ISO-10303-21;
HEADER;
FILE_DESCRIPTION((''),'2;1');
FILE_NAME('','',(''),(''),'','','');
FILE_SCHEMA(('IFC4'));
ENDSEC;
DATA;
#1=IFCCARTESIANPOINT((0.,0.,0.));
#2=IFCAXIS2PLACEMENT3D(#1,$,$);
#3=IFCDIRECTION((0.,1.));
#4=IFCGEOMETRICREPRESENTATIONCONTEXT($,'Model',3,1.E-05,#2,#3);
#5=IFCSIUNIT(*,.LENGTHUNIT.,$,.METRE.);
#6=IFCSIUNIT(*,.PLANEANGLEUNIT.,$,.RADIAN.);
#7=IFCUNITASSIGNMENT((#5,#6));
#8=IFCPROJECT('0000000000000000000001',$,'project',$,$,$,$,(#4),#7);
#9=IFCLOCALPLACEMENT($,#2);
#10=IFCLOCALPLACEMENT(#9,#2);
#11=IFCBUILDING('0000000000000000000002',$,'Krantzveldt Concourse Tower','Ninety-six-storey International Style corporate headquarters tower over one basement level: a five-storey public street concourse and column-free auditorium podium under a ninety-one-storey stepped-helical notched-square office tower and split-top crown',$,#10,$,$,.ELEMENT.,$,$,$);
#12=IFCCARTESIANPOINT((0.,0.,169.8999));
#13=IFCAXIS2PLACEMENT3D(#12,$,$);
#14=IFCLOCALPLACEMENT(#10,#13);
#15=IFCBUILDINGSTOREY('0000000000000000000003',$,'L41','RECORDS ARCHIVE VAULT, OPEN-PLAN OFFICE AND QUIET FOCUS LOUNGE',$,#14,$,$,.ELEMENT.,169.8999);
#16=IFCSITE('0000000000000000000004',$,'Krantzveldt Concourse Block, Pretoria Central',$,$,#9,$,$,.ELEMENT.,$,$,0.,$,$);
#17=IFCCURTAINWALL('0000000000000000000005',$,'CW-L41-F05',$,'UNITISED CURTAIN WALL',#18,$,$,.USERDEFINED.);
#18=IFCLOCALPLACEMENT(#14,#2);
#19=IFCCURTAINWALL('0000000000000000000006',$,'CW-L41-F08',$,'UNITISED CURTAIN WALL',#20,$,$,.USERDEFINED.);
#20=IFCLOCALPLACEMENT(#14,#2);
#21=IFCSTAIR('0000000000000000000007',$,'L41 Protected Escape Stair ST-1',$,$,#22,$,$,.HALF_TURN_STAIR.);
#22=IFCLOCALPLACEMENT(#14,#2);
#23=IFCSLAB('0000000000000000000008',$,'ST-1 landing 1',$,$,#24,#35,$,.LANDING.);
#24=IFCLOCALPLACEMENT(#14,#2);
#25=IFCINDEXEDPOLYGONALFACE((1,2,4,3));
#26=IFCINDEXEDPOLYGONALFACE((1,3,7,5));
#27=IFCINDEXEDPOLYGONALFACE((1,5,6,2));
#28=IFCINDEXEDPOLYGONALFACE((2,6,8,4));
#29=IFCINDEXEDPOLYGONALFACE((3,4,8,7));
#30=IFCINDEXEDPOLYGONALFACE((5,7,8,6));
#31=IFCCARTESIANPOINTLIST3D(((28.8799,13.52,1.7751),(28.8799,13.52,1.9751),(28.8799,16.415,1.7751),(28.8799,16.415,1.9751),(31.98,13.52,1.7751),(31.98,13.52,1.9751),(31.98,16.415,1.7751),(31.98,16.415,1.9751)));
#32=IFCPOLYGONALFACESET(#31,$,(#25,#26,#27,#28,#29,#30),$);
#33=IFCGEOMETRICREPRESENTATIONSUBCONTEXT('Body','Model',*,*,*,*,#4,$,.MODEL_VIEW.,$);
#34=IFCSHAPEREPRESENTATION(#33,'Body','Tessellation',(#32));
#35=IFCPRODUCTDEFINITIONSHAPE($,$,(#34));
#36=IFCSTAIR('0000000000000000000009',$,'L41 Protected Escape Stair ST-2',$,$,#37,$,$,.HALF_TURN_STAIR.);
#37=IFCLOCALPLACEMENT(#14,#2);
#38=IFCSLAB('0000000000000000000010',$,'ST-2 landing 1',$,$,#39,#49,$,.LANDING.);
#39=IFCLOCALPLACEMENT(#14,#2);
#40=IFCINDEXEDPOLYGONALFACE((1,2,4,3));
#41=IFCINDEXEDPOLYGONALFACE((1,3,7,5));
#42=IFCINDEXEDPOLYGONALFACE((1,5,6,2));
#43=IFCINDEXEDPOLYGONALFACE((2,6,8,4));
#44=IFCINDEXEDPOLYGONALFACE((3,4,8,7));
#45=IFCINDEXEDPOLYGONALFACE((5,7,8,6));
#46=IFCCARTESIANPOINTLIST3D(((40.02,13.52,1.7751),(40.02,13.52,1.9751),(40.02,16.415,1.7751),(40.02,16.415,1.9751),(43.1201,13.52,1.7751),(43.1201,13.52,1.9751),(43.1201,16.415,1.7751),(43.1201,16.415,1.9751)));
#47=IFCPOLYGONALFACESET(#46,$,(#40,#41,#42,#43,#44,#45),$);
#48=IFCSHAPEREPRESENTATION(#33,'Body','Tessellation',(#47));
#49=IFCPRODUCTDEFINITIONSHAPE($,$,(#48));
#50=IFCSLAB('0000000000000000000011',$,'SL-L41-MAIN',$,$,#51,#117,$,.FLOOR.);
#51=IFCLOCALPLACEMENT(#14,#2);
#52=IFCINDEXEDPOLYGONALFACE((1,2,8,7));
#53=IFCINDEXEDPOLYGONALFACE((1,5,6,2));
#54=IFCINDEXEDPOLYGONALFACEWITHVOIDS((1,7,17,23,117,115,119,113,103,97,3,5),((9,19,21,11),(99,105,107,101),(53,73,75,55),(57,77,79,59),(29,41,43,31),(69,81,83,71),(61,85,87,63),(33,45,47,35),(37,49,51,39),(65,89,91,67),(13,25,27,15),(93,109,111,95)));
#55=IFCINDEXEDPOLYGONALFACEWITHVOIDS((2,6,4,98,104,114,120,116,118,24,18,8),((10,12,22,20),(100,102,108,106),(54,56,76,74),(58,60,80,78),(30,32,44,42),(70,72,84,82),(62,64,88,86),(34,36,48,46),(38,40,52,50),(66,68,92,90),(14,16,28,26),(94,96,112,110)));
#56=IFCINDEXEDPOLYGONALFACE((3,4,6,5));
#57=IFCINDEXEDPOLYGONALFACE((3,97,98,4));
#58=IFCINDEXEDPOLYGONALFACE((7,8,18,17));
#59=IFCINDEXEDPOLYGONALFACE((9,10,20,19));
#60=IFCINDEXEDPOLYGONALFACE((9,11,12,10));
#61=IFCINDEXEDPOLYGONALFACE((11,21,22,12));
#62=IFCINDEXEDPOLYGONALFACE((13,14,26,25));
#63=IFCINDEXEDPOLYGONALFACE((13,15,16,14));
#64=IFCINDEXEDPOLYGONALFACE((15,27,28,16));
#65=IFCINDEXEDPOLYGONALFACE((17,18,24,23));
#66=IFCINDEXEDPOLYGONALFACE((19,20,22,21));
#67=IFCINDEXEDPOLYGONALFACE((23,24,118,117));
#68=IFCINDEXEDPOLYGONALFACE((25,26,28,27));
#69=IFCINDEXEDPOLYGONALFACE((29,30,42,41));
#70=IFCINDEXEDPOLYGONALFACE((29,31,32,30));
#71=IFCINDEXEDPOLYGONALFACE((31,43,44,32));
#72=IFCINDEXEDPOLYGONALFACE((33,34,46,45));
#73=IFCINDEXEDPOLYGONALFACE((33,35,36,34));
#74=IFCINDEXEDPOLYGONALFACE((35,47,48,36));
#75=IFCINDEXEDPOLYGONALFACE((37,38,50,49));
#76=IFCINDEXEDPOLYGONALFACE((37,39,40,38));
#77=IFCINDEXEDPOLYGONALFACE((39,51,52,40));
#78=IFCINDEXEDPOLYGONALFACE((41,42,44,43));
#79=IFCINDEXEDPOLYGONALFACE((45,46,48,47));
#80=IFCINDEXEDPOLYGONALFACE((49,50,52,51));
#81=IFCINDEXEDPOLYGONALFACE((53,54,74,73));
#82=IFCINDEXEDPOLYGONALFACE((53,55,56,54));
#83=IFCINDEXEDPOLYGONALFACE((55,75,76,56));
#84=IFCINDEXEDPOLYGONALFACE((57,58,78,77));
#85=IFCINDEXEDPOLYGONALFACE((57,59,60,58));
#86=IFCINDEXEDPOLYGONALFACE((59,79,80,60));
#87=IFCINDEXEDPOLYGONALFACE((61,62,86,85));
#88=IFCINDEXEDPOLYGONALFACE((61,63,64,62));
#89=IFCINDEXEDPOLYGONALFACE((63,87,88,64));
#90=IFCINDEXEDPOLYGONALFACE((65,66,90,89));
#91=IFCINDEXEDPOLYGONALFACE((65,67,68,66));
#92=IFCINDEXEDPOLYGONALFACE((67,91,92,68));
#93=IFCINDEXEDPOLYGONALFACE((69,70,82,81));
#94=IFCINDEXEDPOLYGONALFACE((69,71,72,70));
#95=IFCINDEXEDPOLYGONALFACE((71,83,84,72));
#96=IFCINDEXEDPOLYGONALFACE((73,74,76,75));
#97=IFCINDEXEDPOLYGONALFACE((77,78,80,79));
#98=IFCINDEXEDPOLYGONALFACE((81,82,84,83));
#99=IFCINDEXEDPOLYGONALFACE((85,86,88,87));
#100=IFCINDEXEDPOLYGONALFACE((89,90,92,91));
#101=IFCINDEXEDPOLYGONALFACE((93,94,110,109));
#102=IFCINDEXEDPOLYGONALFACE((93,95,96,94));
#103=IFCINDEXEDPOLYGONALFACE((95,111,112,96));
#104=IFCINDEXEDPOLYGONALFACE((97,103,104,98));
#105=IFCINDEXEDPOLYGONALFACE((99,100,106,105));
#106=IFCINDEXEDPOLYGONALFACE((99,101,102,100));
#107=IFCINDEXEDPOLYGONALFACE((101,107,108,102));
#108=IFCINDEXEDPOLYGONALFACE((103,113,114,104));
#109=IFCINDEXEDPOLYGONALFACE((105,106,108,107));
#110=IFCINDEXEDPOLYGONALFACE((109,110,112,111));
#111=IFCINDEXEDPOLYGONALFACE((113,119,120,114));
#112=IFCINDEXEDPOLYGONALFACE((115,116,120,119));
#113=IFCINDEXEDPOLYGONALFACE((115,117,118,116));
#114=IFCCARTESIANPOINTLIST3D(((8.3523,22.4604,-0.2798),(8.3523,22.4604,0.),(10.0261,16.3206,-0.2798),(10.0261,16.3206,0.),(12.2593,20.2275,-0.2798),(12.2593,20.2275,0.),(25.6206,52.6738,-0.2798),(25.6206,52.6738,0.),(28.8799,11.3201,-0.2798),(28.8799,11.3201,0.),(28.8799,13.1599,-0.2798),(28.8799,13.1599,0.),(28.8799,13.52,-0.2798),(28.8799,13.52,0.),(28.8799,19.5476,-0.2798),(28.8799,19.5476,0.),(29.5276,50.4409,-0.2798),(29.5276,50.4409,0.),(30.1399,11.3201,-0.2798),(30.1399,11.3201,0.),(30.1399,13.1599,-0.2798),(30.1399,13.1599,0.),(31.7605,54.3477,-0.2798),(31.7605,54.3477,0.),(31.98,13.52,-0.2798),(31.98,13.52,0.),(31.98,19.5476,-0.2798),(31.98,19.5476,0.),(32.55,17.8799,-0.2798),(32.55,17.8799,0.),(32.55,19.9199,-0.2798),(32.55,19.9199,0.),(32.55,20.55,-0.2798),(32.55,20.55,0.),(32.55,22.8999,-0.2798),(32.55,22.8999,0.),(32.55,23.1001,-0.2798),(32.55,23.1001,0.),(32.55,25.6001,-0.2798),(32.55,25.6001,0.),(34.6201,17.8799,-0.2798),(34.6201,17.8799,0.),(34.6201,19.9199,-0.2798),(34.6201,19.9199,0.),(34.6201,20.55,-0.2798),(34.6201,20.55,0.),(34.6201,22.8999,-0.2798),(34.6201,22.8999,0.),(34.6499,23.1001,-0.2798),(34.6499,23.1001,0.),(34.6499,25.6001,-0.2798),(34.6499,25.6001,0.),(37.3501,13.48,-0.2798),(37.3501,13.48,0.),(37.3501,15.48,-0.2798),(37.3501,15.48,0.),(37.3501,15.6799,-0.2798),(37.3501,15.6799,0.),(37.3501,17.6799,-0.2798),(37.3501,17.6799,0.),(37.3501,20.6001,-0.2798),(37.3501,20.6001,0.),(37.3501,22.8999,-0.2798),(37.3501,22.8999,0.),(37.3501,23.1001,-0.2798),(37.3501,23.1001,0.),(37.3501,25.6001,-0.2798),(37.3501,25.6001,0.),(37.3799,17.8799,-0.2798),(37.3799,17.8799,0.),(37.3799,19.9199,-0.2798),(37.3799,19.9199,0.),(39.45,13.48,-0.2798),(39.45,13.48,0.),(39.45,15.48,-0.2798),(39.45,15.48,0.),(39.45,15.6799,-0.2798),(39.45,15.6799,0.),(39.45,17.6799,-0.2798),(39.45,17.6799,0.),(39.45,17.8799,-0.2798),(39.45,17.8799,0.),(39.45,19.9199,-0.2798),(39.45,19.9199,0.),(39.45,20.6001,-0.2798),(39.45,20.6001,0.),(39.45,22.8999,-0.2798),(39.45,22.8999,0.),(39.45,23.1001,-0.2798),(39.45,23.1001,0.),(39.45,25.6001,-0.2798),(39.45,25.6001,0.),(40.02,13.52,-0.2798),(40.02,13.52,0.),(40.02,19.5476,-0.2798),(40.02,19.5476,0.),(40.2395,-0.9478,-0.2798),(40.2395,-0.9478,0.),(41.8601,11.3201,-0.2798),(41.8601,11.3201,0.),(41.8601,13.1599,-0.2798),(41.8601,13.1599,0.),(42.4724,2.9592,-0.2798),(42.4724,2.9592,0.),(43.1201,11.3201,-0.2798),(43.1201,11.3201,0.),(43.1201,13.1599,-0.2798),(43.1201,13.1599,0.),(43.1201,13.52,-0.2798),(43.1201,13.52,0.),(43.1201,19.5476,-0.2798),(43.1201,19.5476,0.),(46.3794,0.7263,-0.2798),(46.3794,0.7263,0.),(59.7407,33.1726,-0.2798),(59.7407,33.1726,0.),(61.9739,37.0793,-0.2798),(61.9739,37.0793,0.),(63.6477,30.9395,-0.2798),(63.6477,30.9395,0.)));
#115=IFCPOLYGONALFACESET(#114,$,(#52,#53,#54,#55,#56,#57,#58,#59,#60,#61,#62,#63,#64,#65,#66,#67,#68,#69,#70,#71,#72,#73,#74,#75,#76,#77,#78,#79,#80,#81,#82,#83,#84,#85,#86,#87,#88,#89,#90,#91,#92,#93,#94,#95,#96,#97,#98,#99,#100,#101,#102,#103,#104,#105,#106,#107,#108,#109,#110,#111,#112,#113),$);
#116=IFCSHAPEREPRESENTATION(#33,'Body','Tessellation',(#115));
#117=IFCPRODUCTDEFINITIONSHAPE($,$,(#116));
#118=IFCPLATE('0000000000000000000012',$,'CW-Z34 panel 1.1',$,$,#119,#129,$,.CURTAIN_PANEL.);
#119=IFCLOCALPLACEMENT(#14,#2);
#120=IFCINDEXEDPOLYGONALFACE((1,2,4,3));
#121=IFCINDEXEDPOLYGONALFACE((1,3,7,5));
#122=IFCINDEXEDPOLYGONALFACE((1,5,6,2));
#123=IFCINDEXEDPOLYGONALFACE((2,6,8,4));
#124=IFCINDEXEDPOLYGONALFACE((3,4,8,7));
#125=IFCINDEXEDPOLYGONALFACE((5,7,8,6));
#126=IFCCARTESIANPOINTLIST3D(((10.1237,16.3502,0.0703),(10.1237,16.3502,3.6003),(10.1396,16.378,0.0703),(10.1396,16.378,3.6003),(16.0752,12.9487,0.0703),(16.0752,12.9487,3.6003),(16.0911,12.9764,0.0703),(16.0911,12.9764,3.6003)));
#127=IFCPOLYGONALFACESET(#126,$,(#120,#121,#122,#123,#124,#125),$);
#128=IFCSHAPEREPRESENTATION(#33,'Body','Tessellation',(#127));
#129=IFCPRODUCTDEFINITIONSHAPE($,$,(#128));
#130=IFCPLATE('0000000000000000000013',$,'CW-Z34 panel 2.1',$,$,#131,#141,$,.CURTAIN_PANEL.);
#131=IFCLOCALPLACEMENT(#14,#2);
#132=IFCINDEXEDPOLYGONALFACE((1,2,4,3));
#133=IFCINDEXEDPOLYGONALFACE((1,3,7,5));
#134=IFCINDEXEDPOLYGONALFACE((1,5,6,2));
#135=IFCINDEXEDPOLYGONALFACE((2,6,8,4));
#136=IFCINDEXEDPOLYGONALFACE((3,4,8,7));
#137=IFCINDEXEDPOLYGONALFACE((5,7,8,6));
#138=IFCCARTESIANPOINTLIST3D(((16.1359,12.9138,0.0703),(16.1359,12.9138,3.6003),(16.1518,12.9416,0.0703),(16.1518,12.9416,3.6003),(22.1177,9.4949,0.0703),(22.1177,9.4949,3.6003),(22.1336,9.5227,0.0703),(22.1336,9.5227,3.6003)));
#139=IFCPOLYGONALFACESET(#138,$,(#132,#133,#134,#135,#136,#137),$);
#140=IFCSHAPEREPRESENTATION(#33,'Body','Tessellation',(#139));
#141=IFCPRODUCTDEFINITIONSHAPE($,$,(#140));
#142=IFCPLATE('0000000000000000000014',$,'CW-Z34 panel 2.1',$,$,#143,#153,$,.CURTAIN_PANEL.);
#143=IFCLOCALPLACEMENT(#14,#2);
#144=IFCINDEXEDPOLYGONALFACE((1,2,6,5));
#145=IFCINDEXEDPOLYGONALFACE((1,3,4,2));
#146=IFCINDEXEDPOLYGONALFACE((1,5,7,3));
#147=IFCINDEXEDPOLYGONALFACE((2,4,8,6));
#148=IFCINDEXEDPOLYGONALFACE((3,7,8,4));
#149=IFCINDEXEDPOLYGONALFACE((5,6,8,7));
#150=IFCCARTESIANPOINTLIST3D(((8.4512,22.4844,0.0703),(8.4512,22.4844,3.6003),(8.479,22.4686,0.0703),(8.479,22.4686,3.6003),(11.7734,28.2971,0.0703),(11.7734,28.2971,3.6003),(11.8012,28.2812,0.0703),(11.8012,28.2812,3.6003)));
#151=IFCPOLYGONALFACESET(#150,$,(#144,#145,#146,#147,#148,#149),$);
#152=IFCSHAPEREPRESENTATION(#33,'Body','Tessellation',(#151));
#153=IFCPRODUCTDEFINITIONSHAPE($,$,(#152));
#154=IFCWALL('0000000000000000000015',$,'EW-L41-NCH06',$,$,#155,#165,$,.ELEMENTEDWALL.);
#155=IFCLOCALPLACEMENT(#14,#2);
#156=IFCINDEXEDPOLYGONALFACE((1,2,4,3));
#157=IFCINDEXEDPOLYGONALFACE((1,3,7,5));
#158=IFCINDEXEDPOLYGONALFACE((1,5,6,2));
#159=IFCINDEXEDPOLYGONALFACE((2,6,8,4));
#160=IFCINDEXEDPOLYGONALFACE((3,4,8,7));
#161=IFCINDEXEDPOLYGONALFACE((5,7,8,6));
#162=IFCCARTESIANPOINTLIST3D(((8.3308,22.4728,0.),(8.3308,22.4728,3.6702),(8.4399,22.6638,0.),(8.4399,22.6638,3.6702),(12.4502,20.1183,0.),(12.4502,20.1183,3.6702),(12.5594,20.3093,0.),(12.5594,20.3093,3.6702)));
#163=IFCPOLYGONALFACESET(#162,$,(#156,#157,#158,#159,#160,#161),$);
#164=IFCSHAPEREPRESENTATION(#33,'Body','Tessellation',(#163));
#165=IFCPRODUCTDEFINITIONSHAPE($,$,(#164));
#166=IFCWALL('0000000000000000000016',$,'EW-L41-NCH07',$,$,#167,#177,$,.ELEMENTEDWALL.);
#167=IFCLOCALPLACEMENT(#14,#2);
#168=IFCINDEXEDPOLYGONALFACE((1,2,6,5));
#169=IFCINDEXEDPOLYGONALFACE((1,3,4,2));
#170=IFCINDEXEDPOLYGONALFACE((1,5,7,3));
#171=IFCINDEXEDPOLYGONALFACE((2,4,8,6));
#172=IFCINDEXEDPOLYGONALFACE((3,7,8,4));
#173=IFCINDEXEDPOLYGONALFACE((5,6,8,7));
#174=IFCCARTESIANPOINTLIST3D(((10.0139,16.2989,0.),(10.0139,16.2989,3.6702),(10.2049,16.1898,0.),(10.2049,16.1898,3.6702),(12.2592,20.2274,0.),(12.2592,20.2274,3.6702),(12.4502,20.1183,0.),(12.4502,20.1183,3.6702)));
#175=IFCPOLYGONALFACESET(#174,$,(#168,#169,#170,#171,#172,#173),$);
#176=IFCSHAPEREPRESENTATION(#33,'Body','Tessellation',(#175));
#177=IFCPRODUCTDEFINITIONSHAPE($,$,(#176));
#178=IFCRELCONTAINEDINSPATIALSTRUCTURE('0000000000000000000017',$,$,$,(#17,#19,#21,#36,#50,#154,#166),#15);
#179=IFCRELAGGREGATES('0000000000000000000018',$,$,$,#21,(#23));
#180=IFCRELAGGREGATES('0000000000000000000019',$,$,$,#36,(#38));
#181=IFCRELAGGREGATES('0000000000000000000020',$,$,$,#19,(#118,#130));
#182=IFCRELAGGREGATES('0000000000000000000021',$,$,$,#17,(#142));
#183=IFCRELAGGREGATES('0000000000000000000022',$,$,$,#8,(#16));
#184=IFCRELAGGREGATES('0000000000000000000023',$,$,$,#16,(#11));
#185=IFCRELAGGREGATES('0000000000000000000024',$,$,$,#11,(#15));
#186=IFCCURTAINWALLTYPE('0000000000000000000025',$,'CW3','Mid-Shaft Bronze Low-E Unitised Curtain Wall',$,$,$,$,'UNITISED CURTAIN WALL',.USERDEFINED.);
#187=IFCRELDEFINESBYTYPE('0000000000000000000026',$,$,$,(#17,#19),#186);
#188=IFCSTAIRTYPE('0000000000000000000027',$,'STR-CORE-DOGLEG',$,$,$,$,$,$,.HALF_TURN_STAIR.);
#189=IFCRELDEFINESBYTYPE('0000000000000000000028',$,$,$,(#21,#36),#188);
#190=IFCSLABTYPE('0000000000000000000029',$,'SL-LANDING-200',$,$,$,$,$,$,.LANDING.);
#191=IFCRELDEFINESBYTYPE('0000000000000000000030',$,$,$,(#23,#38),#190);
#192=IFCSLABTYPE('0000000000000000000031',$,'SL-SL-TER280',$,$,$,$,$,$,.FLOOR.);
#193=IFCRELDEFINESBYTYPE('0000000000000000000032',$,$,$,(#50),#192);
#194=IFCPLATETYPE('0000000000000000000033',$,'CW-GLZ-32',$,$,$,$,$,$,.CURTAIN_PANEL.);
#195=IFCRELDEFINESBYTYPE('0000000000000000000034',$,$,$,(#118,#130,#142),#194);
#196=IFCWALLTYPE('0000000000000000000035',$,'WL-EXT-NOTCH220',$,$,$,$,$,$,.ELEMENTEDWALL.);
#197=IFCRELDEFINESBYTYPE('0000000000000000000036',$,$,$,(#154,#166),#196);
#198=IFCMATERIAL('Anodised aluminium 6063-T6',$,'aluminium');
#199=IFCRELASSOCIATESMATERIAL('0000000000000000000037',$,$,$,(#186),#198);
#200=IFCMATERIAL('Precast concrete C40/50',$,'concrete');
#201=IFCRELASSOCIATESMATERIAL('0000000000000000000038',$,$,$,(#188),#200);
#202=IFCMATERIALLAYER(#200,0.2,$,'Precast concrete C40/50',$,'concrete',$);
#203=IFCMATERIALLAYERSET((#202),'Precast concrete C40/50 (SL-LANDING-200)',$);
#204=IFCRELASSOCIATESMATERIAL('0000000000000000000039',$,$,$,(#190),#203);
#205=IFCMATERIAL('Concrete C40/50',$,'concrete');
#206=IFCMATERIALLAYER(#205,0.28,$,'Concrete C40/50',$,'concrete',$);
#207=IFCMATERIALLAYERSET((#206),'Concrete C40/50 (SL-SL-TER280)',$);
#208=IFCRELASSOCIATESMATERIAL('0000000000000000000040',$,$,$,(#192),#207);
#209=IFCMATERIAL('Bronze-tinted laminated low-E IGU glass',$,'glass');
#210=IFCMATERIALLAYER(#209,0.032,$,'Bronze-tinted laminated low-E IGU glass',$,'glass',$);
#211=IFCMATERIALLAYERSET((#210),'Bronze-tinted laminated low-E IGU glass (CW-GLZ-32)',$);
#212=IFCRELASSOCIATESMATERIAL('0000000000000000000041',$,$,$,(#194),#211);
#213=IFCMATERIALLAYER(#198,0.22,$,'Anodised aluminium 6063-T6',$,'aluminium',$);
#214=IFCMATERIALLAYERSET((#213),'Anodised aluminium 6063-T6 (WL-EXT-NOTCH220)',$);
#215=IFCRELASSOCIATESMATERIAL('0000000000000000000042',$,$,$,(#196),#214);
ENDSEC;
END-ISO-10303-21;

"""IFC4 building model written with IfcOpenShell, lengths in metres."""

from ifc_helpers import new_model, si_unit, direction, frame, frame_2d, origin, origin_2d, place, context, subcontext, project, spatial, polyline, rectangle, outline, extrude, source, transform, mapped, material, layer, layer_set, type_object, type_shapes, element, aggregate, save


model = new_model("IFC4")

# Units and contexts
model_context = context("Model", 3, precision=1e-05, world=origin(), true_north=direction((0.0, 1.0)))
body_context = subcontext(model_context, "Body", "Model", "MODEL_VIEW")
ifc_project = project(units=[si_unit("LENGTHUNIT", "METRE"), si_unit("PLANEANGLEUNIT", "RADIAN")], contexts=[model_context])

# Site, building, storey
site_placement = place(None, origin())
site = spatial("IfcSite", under=ifc_project, at=site_placement, Name="Krantzveldt Concourse Block, Pretoria Central", CompositionType="ELEMENT", RefElevation=0.0)
building_placement = place(site_placement, origin())
building = spatial("IfcBuilding", under=site, at=building_placement, Name="Krantzveldt Concourse Tower", Description="Ninety-six-storey International Style corporate headquarters tower over one basement level: a five-storey public street concourse and column-free auditorium podium under a ninety-one-storey stepped-helical notched-square office tower and split-top crown", CompositionType="ELEMENT")
storey_placement = place(building_placement, frame((0.0, 0.0, 169.8999)))
storey = spatial("IfcBuildingStorey", under=building, at=storey_placement, Name="L41", Description="RECORDS ARCHIVE VAULT, OPEN-PLAN OFFICE AND QUIET FOCUS LOUNGE", CompositionType="ELEMENT", Elevation=169.8999)

# Curtain wall
ifc_material_1 = material(Name="Anodised aluminium 6063-T6", Category="aluminium")
curtain_wall_type = type_object("IfcCurtainWallType", Name="CW3", Description="Mid-Shaft Bronze Low-E Unitised Curtain Wall", ElementType="UNITISED CURTAIN WALL", PredefinedType="USERDEFINED", material=ifc_material_1)
curtain_wall_1_placement = place(storey_placement, origin())
curtain_wall_1 = element("IfcCurtainWall", 1, at=curtain_wall_1_placement, inside=storey, type_object=curtain_wall_type, Name="CW-L41-F05", ObjectType="UNITISED CURTAIN WALL", PredefinedType="USERDEFINED")

# Curtain wall
curtain_wall_2_placement = place(storey_placement, origin())
curtain_wall_2 = element("IfcCurtainWall", 2, at=curtain_wall_2_placement, inside=storey, type_object=curtain_wall_type, Name="CW-L41-F08", ObjectType="UNITISED CURTAIN WALL", PredefinedType="USERDEFINED")

# Stairs, slabs
ifc_material_2 = material(Name="Precast concrete C40/50", Category="concrete")
stair_type = type_object("IfcStairType", Name="STR-CORE-DOGLEG", PredefinedType="HALF_TURN_STAIR", material=ifc_material_2)
stair_1_placement = place(storey_placement, origin())
stair_1 = element("IfcStair", 3, at=stair_1_placement, inside=storey, type_object=stair_type, Name="L41 Protected Escape Stair ST-1", PredefinedType="HALF_TURN_STAIR")
ifc_layer_1 = layer(ifc_material_2, 0.2, Name="Precast concrete C40/50", Category="concrete")
ifc_layer_set_1 = layer_set([ifc_layer_1], Name="Precast concrete C40/50 (SL-LANDING-200)")
slab_type_1 = type_object("IfcSlabType", Name="SL-LANDING-200", PredefinedType="LANDING", material=ifc_layer_set_1)
slab_1_placement = place(storey_placement, frame((0.0, 0.0, 1.7751)))
slab_1 = element("IfcSlab", 4, at=slab_1_placement, type_object=slab_type_1, Name="ST-1 landing 1", PredefinedType="LANDING", context=body_context, shape_type="SweptSolid", body=[
    extrude(outline(polyline([(28.8799, 16.415), (28.8799, 13.52), (31.98, 13.52), (31.98, 16.415), (28.8799, 16.415)])), origin(), (0.0, 0.0, 1.0), 0.2),
])
aggregate(stair_1, [slab_1])
stair_2_placement = place(storey_placement, origin())
stair_2 = element("IfcStair", 5, at=stair_2_placement, inside=storey, type_object=stair_type, Name="L41 Protected Escape Stair ST-2", PredefinedType="HALF_TURN_STAIR")
slab_2_placement = place(storey_placement, frame((0.0, 0.0, 1.7751)))
slab_2 = element("IfcSlab", 6, at=slab_2_placement, type_object=slab_type_1, Name="ST-2 landing 1", PredefinedType="LANDING", context=body_context, shape_type="SweptSolid", body=[
    extrude(outline(polyline([(40.02, 16.415), (40.02, 13.52), (43.1201, 13.52), (43.1201, 16.415), (40.02, 16.415)])), origin(), (0.0, 0.0, 1.0), 0.2),
])
aggregate(stair_2, [slab_2])

# Slab
ifc_material_3 = material(Name="Concrete C40/50", Category="concrete")
ifc_layer_2 = layer(ifc_material_3, 0.28, Name="Concrete C40/50", Category="concrete")
ifc_layer_set_2 = layer_set([ifc_layer_2], Name="Concrete C40/50 (SL-SL-TER280)")
slab_type_2 = type_object("IfcSlabType", Name="SL-SL-TER280", PredefinedType="FLOOR", material=ifc_layer_set_2)
slab_3_placement = place(storey_placement, frame((0.0, 0.0, -0.2798)))
element("IfcSlab", 7, at=slab_3_placement, inside=storey, type_object=slab_type_2, Name="SL-L41-MAIN", PredefinedType="FLOOR", context=body_context, shape_type="SweptSolid", body=[
    extrude(outline(polyline([(29.5276, 50.4409), (25.6206, 52.6738), (8.3523, 22.4604), (12.2593, 20.2275), (10.0261, 16.3206), (40.2395, -0.9478), (42.4724, 2.9592), (46.3794, 0.7263), (63.6477, 30.9395), (59.7407, 33.1726), (61.9739, 37.0793), (31.7605, 54.3477), (29.5276, 50.4409)]), holes=[polyline([(28.8799, 19.5476), (28.8799, 13.52), (31.98, 13.52), (31.98, 19.5476), (28.8799, 19.5476)]), polyline([(40.02, 19.5476), (40.02, 13.52), (43.1201, 13.52), (43.1201, 19.5476), (40.02, 19.5476)]), polyline([(32.55, 23.1001), (34.6499, 23.1001), (34.6499, 25.6001), (32.55, 25.6001), (32.55, 23.1001)]), polyline([(37.3501, 23.1001), (39.45, 23.1001), (39.45, 25.6001), (37.3501, 25.6001), (37.3501, 23.1001)]), polyline([(37.3501, 20.6001), (39.45, 20.6001), (39.45, 22.8999), (37.3501, 22.8999), (37.3501, 20.6001)]), polyline([(37.3501, 13.48), (39.45, 13.48), (39.45, 15.48), (37.3501, 15.48), (37.3501, 13.48)]), polyline([(37.3501, 15.6799), (39.45, 15.6799), (39.45, 17.6799), (37.3501, 17.6799), (37.3501, 15.6799)]), polyline([(32.55, 20.55), (34.6201, 20.55), (34.6201, 22.8999), (32.55, 22.8999), (32.55, 20.55)]), polyline([(32.55, 17.8799), (34.6201, 17.8799), (34.6201, 19.9199), (32.55, 19.9199), (32.55, 17.8799)]), polyline([(37.3799, 17.8799), (39.45, 17.8799), (39.45, 19.9199), (37.3799, 19.9199), (37.3799, 17.8799)]), polyline([(28.8799, 11.3201), (30.1399, 11.3201), (30.1399, 13.1599), (28.8799, 13.1599), (28.8799, 11.3201)]), polyline([(41.8601, 11.3201), (43.1201, 11.3201), (43.1201, 13.1599), (41.8601, 13.1599), (41.8601, 11.3201)])]), origin(), (0.0, 0.0, 1.0), 0.2798),
])

# Plates
ifc_material_4 = material(Name="Bronze-tinted laminated low-E IGU glass", Category="glass")
ifc_layer_3 = layer(ifc_material_4, 0.032, Name="Bronze-tinted laminated low-E IGU glass", Category="glass")
ifc_layer_set_3 = layer_set([ifc_layer_3], Name="Bronze-tinted laminated low-E IGU glass (CW-GLZ-32)")
plate_type = type_object("IfcPlateType", Name="CW-GLZ-32", PredefinedType="CURTAIN_PANEL", material=ifc_layer_set_3)
shared_shape_1 = source(origin(), body_context, "Body", "SweptSolid", [
    extrude(rectangle(XDim=6.855, YDim=0.032, at=origin_2d()), origin(), (0.0, 0.0, 1.0), 3.53),
])
plate_1_placement = place(storey_placement, frame((13.1074, 14.6633, 0.0703), z_axis=(0.0, 0.0, 1.0), x_axis=(0.868199, -0.496216, 0.0)))
plate_1 = element("IfcPlate", 8, at=plate_1_placement, type_object=plate_type, Name="CW-Z34 panel 1.1", PredefinedType="CURTAIN_PANEL", context=body_context, shape_type="MappedRepresentation", body=[
    mapped(shared_shape_1, transform((0.0, 0.0, 0.0), x_axis=(1.0, 0.0, 0.0), y_axis=(0.0, 1.0, 0.0), z_axis=(0.0, 0.0, 1.0), scale=1.0)),
])
shared_shape_2 = source(origin(), body_context, "Body", "SweptSolid", [
    extrude(rectangle(XDim=6.8899, YDim=0.032, at=origin_2d()), origin(), (0.0, 0.0, 1.0), 3.53),
])
plate_2_placement = place(storey_placement, frame((19.1348, 11.2183, 0.0703), z_axis=(0.0, 0.0, 1.0), x_axis=(0.868199, -0.496216, 0.0)))
plate_2 = element("IfcPlate", 9, at=plate_2_placement, type_object=plate_type, Name="CW-Z34 panel 2.1", PredefinedType="CURTAIN_PANEL", context=body_context, shape_type="MappedRepresentation", body=[
    mapped(shared_shape_2, transform((0.0, 0.0, 0.0), x_axis=(1.0, 0.0, 0.0), y_axis=(0.0, 1.0, 0.0), z_axis=(0.0, 0.0, 1.0), scale=1.0)),
])
aggregate(curtain_wall_2, [plate_1, plate_2])
shared_shape_3 = source(origin(), body_context, "Body", "SweptSolid", [
    extrude(rectangle(XDim=6.6951, YDim=0.032, at=origin_2d()), origin(), (0.0, 0.0, 1.0), 3.53),
])
type_shapes(plate_type, [shared_shape_1, shared_shape_2, shared_shape_3])
plate_3_placement = place(storey_placement, frame((10.1262, 25.3828, 0.0703), z_axis=(0.0, 0.0, 1.0), x_axis=(-0.496216, -0.868199, 0.0)))
plate_3 = element("IfcPlate", 10, at=plate_3_placement, type_object=plate_type, Name="CW-Z34 panel 2.1", PredefinedType="CURTAIN_PANEL", context=body_context, shape_type="MappedRepresentation", body=[
    mapped(shared_shape_3, transform((0.0, 0.0, 0.0), x_axis=(1.0, 0.0, 0.0), y_axis=(0.0, 1.0, 0.0), z_axis=(0.0, 0.0, 1.0), scale=1.0)),
])
aggregate(curtain_wall_1, [plate_3])

# Walls
ifc_layer_4 = layer(ifc_material_1, 0.22, Name="Anodised aluminium 6063-T6", Category="aluminium")
ifc_layer_set_4 = layer_set([ifc_layer_4], Name="Anodised aluminium 6063-T6 (WL-EXT-NOTCH220)")
wall_type_1 = type_object("IfcWallType", Name="WL-EXT-NOTCH220", PredefinedType="ELEMENTEDWALL", material=ifc_layer_set_4)
wall_1_placement = place(storey_placement, frame((8.3853, 22.5684, 0.0), z_axis=(0.0, 0.0, 1.0), x_axis=(0.868192, -0.496228, 0.0)))
element("IfcWall", 11, at=wall_1_placement, inside=storey, type_object=wall_type_1, Name="EW-L41-NCH06", PredefinedType="ELEMENTEDWALL", context=body_context, shape_type="SweptSolid", body=[
    extrude(rectangle(XDim=4.7449, YDim=0.22, at=frame_2d((2.3726, 0.0))), origin(), (0.0, 0.0, 1.0), 3.6702),
])
wall_2_placement = place(storey_placement, frame((12.3547, 20.1729, 0.0), z_axis=(0.0, 0.0, 1.0), x_axis=(-0.496226, -0.868193, 0.0)))
element("IfcWall", 12, at=wall_2_placement, inside=storey, type_object=wall_type_1, Name="EW-L41-NCH07", PredefinedType="ELEMENTEDWALL", context=body_context, shape_type="SweptSolid", body=[
    extrude(rectangle(XDim=4.5249, YDim=0.22, at=frame_2d((2.2625, 0.0))), origin(), (0.0, 0.0, 1.0), 3.6702),
])

save(model, "model.ifc")
